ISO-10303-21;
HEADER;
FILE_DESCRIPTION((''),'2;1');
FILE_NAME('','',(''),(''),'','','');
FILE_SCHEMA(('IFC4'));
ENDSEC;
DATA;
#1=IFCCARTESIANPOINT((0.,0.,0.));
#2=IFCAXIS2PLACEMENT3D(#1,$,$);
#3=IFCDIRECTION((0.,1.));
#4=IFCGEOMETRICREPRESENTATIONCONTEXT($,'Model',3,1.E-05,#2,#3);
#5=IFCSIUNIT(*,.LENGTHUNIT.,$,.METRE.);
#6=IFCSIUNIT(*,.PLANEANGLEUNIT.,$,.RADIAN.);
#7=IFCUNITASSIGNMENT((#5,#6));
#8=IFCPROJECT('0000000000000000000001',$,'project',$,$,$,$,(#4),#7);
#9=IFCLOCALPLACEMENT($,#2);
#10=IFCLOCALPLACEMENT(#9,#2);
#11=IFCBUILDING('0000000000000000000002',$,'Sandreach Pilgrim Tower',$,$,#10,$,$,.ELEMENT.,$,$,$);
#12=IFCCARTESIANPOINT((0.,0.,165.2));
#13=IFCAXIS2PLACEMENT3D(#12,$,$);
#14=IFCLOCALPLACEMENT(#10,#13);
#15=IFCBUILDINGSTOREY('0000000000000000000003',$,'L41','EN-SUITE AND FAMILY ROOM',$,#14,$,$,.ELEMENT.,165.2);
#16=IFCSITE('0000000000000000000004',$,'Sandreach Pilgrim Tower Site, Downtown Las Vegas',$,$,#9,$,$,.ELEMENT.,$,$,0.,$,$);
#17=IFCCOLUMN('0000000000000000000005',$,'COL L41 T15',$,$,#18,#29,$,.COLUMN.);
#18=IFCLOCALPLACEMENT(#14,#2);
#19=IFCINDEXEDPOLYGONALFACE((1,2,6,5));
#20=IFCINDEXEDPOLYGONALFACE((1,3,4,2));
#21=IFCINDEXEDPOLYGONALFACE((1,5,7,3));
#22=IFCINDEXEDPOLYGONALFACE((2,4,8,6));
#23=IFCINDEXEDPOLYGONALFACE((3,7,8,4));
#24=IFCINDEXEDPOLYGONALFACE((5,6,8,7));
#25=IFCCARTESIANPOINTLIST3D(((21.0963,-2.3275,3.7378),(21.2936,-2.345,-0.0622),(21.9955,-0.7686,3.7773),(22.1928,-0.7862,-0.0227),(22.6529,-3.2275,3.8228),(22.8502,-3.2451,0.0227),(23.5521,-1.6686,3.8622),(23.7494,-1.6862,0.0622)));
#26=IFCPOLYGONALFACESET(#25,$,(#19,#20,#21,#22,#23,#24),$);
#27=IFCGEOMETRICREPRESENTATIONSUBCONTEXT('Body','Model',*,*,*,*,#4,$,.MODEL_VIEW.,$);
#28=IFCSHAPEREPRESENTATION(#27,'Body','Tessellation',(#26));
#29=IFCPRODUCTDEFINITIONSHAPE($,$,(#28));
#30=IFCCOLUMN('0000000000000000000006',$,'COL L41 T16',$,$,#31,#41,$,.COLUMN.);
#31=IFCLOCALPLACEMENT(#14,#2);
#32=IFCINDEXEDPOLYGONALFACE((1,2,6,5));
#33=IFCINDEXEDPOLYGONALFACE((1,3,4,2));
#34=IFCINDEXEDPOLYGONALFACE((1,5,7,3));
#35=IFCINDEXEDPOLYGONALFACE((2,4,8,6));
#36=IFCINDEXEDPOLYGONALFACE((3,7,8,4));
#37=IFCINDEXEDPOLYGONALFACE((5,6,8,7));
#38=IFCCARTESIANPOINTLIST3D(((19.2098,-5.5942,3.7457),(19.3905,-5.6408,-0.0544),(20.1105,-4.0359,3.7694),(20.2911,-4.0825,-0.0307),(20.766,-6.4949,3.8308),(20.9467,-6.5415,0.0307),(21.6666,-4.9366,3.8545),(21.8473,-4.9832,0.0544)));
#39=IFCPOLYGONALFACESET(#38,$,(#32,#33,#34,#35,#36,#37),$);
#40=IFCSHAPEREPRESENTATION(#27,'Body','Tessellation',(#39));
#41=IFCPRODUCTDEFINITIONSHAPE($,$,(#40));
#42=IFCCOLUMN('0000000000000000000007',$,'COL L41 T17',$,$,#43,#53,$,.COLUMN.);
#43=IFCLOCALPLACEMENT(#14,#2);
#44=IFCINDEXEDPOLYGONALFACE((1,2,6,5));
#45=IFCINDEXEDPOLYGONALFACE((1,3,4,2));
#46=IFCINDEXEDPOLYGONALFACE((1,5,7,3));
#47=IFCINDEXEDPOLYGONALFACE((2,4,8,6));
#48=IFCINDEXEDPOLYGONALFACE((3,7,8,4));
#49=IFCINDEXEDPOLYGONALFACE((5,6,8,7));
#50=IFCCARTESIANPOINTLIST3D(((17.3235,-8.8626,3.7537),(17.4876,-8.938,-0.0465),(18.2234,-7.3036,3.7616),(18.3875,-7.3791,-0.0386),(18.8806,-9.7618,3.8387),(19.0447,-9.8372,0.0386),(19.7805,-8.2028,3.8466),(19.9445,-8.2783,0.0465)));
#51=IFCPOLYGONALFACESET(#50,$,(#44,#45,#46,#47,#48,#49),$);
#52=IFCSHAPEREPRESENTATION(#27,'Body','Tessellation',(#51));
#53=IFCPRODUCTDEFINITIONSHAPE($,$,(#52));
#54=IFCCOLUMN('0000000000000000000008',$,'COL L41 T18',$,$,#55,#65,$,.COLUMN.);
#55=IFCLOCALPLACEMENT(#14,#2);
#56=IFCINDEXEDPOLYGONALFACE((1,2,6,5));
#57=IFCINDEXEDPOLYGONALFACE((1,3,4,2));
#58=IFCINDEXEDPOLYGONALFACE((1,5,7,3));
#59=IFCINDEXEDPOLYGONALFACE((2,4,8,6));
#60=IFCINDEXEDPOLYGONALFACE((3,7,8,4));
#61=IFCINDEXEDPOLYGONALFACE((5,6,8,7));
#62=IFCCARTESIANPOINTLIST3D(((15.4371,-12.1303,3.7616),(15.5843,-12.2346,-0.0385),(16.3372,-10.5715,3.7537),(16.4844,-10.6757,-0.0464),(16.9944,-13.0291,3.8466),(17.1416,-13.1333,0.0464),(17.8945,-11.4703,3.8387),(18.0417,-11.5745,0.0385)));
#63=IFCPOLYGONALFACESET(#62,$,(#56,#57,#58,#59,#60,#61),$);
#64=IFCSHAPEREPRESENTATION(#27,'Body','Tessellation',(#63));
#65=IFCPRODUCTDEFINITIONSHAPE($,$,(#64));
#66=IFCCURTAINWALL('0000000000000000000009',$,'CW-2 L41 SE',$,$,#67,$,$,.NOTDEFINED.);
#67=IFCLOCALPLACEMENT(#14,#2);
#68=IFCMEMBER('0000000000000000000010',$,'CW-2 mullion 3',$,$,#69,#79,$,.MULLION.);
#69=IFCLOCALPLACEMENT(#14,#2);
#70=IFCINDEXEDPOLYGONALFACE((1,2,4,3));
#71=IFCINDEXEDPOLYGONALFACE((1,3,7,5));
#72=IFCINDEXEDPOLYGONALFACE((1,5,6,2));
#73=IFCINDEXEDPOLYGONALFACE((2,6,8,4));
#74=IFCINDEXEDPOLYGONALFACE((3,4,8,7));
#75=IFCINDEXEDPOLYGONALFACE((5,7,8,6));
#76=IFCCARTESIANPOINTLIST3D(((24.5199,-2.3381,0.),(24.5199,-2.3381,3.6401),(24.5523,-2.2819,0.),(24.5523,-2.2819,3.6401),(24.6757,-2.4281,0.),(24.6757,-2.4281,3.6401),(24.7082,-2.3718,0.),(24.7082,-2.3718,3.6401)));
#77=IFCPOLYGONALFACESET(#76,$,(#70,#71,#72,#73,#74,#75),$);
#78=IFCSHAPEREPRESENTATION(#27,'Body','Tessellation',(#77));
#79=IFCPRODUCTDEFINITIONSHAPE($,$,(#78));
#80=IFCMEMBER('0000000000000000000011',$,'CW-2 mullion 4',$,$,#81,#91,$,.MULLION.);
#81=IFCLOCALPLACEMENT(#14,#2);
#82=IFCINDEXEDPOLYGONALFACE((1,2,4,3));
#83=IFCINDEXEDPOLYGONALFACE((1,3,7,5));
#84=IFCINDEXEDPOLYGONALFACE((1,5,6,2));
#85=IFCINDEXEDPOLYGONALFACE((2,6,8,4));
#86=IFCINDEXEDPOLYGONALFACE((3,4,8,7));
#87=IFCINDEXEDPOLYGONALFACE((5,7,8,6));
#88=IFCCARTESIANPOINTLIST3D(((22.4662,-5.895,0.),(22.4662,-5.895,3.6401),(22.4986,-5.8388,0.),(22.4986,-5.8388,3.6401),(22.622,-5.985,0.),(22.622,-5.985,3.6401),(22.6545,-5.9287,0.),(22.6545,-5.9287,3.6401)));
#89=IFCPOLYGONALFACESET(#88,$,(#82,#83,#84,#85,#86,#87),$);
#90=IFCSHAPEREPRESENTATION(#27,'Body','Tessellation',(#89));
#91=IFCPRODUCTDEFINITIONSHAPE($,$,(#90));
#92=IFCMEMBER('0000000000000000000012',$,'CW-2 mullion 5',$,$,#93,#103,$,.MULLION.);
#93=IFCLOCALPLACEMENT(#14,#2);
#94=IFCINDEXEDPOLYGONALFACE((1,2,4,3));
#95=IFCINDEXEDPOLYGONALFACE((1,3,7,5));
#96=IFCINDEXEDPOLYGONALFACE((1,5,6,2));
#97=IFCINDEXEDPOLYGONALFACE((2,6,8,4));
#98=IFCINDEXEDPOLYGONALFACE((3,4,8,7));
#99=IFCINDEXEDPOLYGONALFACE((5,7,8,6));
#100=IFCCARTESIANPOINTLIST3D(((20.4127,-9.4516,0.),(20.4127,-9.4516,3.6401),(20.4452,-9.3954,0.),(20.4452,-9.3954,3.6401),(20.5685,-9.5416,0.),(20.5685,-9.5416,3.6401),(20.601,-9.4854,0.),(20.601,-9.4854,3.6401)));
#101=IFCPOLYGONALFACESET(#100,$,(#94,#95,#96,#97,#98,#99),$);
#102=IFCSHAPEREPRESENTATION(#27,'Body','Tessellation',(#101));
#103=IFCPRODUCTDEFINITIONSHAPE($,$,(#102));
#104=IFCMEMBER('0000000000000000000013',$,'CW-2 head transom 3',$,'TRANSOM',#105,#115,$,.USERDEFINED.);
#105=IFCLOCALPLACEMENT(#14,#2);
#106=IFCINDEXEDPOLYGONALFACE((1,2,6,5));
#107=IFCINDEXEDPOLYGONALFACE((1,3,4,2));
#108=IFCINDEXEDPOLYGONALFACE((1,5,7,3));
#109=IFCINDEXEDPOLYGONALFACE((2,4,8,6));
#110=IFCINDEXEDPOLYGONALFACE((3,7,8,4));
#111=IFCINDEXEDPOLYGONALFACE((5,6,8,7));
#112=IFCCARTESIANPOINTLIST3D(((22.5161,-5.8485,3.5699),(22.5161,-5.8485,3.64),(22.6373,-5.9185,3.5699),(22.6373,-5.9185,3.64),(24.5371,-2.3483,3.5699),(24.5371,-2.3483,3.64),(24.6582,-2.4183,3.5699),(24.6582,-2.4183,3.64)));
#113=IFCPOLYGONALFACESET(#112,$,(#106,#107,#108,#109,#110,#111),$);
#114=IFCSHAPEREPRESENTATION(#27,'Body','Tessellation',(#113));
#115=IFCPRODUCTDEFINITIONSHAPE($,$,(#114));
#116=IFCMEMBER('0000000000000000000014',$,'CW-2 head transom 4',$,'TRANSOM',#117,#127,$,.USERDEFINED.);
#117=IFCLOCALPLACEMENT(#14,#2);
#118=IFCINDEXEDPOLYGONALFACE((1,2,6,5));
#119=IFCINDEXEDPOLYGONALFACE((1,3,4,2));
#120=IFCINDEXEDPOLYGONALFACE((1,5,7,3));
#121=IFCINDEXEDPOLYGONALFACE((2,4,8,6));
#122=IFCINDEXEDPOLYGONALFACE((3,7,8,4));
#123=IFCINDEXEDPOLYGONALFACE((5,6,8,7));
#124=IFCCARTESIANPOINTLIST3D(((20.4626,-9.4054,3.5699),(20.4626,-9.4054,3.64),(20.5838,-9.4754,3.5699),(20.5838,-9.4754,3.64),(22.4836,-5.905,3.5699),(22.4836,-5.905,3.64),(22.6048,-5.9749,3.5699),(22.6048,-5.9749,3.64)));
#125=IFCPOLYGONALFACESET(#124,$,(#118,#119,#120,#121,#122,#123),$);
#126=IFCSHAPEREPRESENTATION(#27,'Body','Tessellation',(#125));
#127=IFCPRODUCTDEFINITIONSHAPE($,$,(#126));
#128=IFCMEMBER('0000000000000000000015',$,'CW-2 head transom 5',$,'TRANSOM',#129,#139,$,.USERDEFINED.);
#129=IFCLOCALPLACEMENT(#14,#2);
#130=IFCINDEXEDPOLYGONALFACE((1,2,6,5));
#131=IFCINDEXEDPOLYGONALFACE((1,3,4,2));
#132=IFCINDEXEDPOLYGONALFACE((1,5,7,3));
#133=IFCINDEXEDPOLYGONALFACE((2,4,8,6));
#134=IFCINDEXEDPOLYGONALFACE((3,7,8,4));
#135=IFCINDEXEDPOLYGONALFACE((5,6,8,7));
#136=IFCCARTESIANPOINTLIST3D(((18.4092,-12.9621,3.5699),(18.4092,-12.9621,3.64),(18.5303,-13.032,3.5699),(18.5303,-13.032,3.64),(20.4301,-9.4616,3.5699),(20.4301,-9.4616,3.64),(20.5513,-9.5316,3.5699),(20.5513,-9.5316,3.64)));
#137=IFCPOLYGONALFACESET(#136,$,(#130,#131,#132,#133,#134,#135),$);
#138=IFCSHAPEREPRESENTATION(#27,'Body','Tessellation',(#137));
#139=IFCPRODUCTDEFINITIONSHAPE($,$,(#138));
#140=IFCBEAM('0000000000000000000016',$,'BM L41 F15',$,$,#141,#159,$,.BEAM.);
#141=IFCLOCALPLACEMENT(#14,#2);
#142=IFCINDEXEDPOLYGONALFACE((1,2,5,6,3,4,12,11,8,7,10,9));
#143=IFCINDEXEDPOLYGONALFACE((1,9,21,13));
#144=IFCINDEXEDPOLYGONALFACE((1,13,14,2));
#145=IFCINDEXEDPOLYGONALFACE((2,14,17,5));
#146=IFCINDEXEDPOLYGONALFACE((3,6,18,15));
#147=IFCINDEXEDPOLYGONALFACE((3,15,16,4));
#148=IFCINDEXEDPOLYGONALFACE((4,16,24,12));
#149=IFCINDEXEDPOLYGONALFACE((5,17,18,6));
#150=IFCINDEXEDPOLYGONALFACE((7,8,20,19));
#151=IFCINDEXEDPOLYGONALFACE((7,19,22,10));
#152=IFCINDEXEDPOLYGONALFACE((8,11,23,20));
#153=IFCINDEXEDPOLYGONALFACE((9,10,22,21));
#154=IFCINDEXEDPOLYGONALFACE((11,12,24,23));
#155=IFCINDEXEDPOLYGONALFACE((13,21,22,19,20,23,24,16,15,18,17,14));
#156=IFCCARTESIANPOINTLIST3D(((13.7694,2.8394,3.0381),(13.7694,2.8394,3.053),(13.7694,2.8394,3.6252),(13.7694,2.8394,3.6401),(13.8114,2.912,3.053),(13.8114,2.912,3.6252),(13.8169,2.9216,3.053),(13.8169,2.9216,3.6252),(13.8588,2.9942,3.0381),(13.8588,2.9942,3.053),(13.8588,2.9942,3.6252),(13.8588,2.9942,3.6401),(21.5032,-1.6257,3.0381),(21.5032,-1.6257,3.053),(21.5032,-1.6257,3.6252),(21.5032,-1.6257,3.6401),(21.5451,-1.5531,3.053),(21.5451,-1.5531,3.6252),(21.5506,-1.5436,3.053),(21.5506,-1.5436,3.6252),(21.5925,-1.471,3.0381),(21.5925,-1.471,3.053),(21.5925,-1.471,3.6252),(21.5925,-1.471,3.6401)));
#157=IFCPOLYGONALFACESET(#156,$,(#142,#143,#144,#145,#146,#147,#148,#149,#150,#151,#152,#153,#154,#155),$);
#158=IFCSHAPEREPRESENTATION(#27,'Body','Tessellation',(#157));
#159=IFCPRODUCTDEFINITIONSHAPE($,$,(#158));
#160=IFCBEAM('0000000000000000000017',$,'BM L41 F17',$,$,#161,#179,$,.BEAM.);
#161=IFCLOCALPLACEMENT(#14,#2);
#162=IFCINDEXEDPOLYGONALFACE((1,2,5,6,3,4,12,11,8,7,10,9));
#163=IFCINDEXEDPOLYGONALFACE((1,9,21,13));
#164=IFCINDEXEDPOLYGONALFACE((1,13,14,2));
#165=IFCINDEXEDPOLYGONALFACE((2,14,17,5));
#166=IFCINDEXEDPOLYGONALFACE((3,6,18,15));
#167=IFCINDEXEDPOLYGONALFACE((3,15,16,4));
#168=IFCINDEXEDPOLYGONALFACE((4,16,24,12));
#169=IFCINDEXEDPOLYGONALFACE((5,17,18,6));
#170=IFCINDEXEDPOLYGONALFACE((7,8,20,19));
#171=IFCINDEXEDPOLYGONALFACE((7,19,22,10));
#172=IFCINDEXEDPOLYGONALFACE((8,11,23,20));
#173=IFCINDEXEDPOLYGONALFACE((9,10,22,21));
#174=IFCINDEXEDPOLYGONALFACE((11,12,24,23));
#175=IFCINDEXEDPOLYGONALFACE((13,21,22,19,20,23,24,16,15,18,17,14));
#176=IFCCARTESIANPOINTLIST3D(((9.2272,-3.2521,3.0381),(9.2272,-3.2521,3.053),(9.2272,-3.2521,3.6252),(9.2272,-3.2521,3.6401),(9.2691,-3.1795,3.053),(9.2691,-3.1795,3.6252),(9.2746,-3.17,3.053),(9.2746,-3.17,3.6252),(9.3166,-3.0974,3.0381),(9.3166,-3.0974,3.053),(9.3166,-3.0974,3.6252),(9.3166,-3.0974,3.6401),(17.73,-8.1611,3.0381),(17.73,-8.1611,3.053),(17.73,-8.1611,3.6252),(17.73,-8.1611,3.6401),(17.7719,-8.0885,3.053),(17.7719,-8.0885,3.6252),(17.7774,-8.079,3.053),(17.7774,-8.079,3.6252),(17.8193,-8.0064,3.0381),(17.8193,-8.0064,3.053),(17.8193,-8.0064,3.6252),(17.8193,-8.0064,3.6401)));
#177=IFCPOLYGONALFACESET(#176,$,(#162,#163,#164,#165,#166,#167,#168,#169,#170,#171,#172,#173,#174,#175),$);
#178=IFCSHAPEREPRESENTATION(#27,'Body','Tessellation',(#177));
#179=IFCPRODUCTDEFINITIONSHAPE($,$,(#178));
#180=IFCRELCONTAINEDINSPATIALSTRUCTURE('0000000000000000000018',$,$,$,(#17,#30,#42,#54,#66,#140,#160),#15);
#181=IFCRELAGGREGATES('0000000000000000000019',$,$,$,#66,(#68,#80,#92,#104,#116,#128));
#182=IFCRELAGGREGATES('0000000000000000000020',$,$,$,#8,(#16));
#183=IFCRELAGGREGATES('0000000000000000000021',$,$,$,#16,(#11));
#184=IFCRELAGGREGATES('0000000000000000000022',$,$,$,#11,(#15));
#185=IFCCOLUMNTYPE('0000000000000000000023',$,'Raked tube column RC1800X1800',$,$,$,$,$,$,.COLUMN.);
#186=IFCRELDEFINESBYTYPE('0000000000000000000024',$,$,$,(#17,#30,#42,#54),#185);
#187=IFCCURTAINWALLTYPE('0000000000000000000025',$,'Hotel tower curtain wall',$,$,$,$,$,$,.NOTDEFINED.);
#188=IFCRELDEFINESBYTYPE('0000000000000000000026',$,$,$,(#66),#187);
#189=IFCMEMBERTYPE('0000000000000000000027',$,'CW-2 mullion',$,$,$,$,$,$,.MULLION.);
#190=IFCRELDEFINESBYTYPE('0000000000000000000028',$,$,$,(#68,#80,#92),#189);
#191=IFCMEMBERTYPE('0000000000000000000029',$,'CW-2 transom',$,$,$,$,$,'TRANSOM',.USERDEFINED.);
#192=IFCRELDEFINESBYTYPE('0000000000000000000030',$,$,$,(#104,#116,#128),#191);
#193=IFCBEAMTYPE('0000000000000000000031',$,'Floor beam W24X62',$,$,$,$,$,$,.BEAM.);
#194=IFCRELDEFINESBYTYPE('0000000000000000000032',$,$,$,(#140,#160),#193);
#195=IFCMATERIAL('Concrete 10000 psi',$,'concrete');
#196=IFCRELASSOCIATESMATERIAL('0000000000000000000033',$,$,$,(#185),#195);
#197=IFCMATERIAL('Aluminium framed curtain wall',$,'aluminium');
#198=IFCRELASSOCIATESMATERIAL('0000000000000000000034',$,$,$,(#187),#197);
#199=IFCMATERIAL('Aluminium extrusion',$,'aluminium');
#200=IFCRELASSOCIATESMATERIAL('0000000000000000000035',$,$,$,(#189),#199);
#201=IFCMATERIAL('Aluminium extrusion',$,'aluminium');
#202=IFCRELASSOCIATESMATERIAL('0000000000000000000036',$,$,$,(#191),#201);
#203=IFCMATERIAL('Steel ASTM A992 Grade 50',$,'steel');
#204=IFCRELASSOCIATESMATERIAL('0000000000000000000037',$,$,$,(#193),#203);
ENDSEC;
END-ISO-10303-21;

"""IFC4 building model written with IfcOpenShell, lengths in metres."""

from ifc_helpers import new_model, si_unit, direction, frame, origin, origin_2d, place, context, subcontext, project, spatial, rectangle, i_section, extrude, material, material_profile, profile_set, type_object, element, aggregate, save


model = new_model("IFC4")

# Units and contexts
model_context = context("Model", 3, precision=1e-05, world=origin(), true_north=direction((0.0, 1.0)))
body_context = subcontext(model_context, "Body", "Model", "MODEL_VIEW")
ifc_project = project(units=[si_unit("LENGTHUNIT", "METRE"), si_unit("PLANEANGLEUNIT", "RADIAN")], contexts=[model_context])

# Site, building, storey
site_placement = place(None, origin())
site = spatial("IfcSite", under=ifc_project, at=site_placement, Name="Sandreach Pilgrim Tower Site, Downtown Las Vegas", CompositionType="ELEMENT", RefElevation=0.0)
building_placement = place(site_placement, origin())
building = spatial("IfcBuilding", under=site, at=building_placement, Name="Sandreach Pilgrim Tower", CompositionType="ELEMENT")
storey_placement = place(building_placement, frame((0.0, 0.0, 165.2)))
storey = spatial("IfcBuildingStorey", under=building, at=storey_placement, Name="L41", Description="EN-SUITE AND FAMILY ROOM", CompositionType="ELEMENT", Elevation=165.2)

# Columns
ifc_material_1 = material(Name="Concrete 10000 psi", Category="concrete")
ifc_material_profile_1 = material_profile(ifc_material_1, rectangle(XDim=1.8, YDim=1.8, at=origin_2d()), Name="RC1800X1800")
ifc_profile_set_1 = profile_set([ifc_material_profile_1], Name="Concrete 10000 psi")
column_type = type_object("IfcColumnType", Name="Raked tube column RC1800X1800", PredefinedType="COLUMN", material=ifc_profile_set_1)
column_1_placement = place(storey_placement, frame((22.5215, -2.0156, 0.0), z_axis=(-0.051841, 0.004619, 0.998645), x_axis=(0.864737, -0.500002, 0.047203)))
element("IfcColumn", 1, at=column_1_placement, inside=storey, type_object=column_type, Name="COL L41 T15", PredefinedType="COLUMN", context=body_context, shape_type="SweptSolid", body=[
    extrude(rectangle(XDim=1.8, YDim=1.8, at=origin_2d()), origin(), (0.0, 0.0, 1.0), 3.8052),
])
column_2_placement = place(storey_placement, frame((20.6189, -5.312, 0.0), z_axis=(-0.047485, 0.012256, 0.998797), x_axis=(0.864521, -0.500372, 0.047242)))
element("IfcColumn", 2, at=column_2_placement, inside=storey, type_object=column_type, Name="COL L41 T16", PredefinedType="COLUMN", context=body_context, shape_type="SweptSolid", body=[
    extrude(rectangle(XDim=1.8, YDim=1.8, at=origin_2d()), origin(), (0.0, 0.0, 1.0), 3.8047),
])
for number, where, z_axis, x_axis, name in (
    (3, (18.7161, -8.6082, 0.0), (-0.043125, 0.01983, 0.998873), (0.865002, -0.499537, 0.047262), "COL L41 T17"),
    (4, (16.813, -11.9045, 0.0), (-0.038697, 0.027402, 0.998875), (0.865139, -0.499306, 0.047214), "COL L41 T18"),
):
    element("IfcColumn", number, at=place(storey_placement, frame(where, z_axis=z_axis, x_axis=x_axis)), inside=storey, type_object=column_type, Name=name, PredefinedType="COLUMN", context=body_context, shape_type="SweptSolid", body=[
        extrude(rectangle(XDim=1.8, YDim=1.8, at=origin_2d()), origin(), (0.0, 0.0, 1.0), 3.8044),
    ])

# Curtain wall, members
ifc_material_2 = material(Name="Aluminium framed curtain wall", Category="aluminium")
curtain_wall_type = type_object("IfcCurtainWallType", Name="Hotel tower curtain wall", PredefinedType="NOTDEFINED", material=ifc_material_2)
curtain_wall_placement = place(storey_placement, origin())
curtain_wall = element("IfcCurtainWall", 5, at=curtain_wall_placement, inside=storey, type_object=curtain_wall_type, Name="CW-2 L41 SE", PredefinedType="NOTDEFINED")
ifc_material_3 = material(Name="Aluminium extrusion", Category="aluminium")
ifc_material_profile_2 = material_profile(ifc_material_3, rectangle(XDim=0.0649, YDim=0.1799, at=origin_2d()), Name="CW-2M 65X180")
ifc_profile_set_2 = profile_set([ifc_material_profile_2], Name="Aluminium extrusion")
member_type_1 = type_object("IfcMemberType", Name="CW-2 mullion", PredefinedType="MULLION", material=ifc_profile_set_2)
member_1_placement = place(storey_placement, frame((24.614, -2.355, 0.0), z_axis=(0.0, 0.0, 1.0), x_axis=(-0.5, -0.866025, 0.0)))
member_1 = element("IfcMember", 6, at=member_1_placement, type_object=member_type_1, Name="CW-2 mullion 3", PredefinedType="MULLION", context=body_context, shape_type="SweptSolid", body=[
    extrude(rectangle(XDim=0.0649, YDim=0.1799, at=origin_2d()), origin(), (0.0, 0.0, 1.0), 3.6401),
])
member_2_placement = place(storey_placement, frame((22.5603, -5.9119, 0.0), z_axis=(0.0, 0.0, 1.0), x_axis=(-0.5, -0.866025, 0.0)))
member_2 = element("IfcMember", 7, at=member_2_placement, type_object=member_type_1, Name="CW-2 mullion 4", PredefinedType="MULLION", context=body_context, shape_type="SweptSolid", body=[
    extrude(rectangle(XDim=0.0649, YDim=0.1799, at=origin_2d()), origin(), (0.0, 0.0, 1.0), 3.6401),
])
member_3_placement = place(storey_placement, frame((20.5068, -9.4685, 0.0), z_axis=(0.0, 0.0, 1.0), x_axis=(-0.5, -0.866025, 0.0)))
member_3 = element("IfcMember", 8, at=member_3_placement, type_object=member_type_1, Name="CW-2 mullion 5", PredefinedType="MULLION", context=body_context, shape_type="SweptSolid", body=[
    extrude(rectangle(XDim=0.0649, YDim=0.1799, at=origin_2d()), origin(), (0.0, 0.0, 1.0), 3.6401),
])
ifc_material_4 = material(Name="Aluminium extrusion", Category="aluminium")
ifc_material_profile_3 = material_profile(ifc_material_4, rectangle(XDim=0.1399, YDim=0.0701, at=origin_2d()), Name="CW-2T 140X70")
ifc_profile_set_3 = profile_set([ifc_material_profile_3], Name="Aluminium extrusion")
member_type_2 = type_object("IfcMemberType", Name="CW-2 transom", ElementType="TRANSOM", PredefinedType="USERDEFINED", material=ifc_profile_set_3)
member_4_placement = place(storey_placement, frame((24.5977, -2.3833, 3.605), z_axis=(-0.500024, -0.866012, 0.0), x_axis=(0.866012, -0.500024, 0.0)))
member_4 = element("IfcMember", 9, at=member_4_placement, type_object=member_type_2, Name="CW-2 head transom 3", ObjectType="TRANSOM", PredefinedType="USERDEFINED", context=body_context, shape_type="SweptSolid", body=[
    extrude(rectangle(XDim=0.1399, YDim=0.0701, at=origin_2d()), origin(), (0.0, 0.0, 1.0), 4.0417),
])
member_5_placement = place(storey_placement, frame((22.5442, -5.9399, 3.605), z_axis=(-0.499998, -0.866027, 0.0), x_axis=(0.866027, -0.499998, 0.0)))
member_5 = element("IfcMember", 10, at=member_5_placement, type_object=member_type_2, Name="CW-2 head transom 4", ObjectType="TRANSOM", PredefinedType="USERDEFINED", context=body_context, shape_type="SweptSolid", body=[
    extrude(rectangle(XDim=0.1399, YDim=0.0701, at=origin_2d()), origin(), (0.0, 0.0, 1.0), 4.042),
])
member_6_placement = place(storey_placement, frame((20.4907, -9.4966, 3.605), z_axis=(-0.499998, -0.866027, 0.0), x_axis=(0.866027, -0.499998, 0.0)))
member_6 = element("IfcMember", 11, at=member_6_placement, type_object=member_type_2, Name="CW-2 head transom 5", ObjectType="TRANSOM", PredefinedType="USERDEFINED", context=body_context, shape_type="SweptSolid", body=[
    extrude(rectangle(XDim=0.1399, YDim=0.0701, at=origin_2d()), origin(), (0.0, 0.0, 1.0), 4.042),
])

# Beams
ifc_material_5 = material(Name="Steel ASTM A992 Grade 50", Category="steel")
ifc_material_profile_4 = material_profile(ifc_material_5, i_section(OverallWidth=0.1787, OverallDepth=0.6021, WebThickness=0.011, FlangeThickness=0.0149, at=origin_2d()), Name="W24X62")
ifc_profile_set_4 = profile_set([ifc_material_profile_4], Name="Steel ASTM A992 Grade 50")
beam_type_1 = type_object("IfcBeamType", Name="Floor beam W24X62", PredefinedType="BEAM", material=ifc_profile_set_4)
beam_1_placement = place(storey_placement, frame((21.5479, -1.5483, 3.3391), z_axis=(-0.866022, 0.500006, 0.0), x_axis=(-0.500006, -0.866022, 0.0)))
element("IfcBeam", 12, at=beam_1_placement, inside=storey, type_object=beam_type_1, Name="BM L41 F15", PredefinedType="BEAM", context=body_context, shape_type="SweptSolid", body=[
    extrude(i_section(OverallWidth=0.1787, OverallDepth=0.6021, WebThickness=0.011, FlangeThickness=0.0149, at=origin_2d()), origin(), (0.0, 0.0, 1.0), 8.9302),
])
beam_2_placement = place(storey_placement, frame((17.7747, -8.0837, 3.3391), z_axis=(-0.866029, 0.499993, 0.0), x_axis=(-0.499993, -0.866029, 0.0)))
element("IfcBeam", 13, at=beam_2_placement, inside=storey, type_object=beam_type_1, Name="BM L41 F17", PredefinedType="BEAM", context=body_context, shape_type="SweptSolid", body=[
    extrude(i_section(OverallWidth=0.1787, OverallDepth=0.6021, WebThickness=0.011, FlangeThickness=0.0149, at=origin_2d()), origin(), (0.0, 0.0, 1.0), 9.8181),
])

aggregate(curtain_wall, [member_1, member_2, member_3, member_4, member_5, member_6])

save(model, "model.ifc")
